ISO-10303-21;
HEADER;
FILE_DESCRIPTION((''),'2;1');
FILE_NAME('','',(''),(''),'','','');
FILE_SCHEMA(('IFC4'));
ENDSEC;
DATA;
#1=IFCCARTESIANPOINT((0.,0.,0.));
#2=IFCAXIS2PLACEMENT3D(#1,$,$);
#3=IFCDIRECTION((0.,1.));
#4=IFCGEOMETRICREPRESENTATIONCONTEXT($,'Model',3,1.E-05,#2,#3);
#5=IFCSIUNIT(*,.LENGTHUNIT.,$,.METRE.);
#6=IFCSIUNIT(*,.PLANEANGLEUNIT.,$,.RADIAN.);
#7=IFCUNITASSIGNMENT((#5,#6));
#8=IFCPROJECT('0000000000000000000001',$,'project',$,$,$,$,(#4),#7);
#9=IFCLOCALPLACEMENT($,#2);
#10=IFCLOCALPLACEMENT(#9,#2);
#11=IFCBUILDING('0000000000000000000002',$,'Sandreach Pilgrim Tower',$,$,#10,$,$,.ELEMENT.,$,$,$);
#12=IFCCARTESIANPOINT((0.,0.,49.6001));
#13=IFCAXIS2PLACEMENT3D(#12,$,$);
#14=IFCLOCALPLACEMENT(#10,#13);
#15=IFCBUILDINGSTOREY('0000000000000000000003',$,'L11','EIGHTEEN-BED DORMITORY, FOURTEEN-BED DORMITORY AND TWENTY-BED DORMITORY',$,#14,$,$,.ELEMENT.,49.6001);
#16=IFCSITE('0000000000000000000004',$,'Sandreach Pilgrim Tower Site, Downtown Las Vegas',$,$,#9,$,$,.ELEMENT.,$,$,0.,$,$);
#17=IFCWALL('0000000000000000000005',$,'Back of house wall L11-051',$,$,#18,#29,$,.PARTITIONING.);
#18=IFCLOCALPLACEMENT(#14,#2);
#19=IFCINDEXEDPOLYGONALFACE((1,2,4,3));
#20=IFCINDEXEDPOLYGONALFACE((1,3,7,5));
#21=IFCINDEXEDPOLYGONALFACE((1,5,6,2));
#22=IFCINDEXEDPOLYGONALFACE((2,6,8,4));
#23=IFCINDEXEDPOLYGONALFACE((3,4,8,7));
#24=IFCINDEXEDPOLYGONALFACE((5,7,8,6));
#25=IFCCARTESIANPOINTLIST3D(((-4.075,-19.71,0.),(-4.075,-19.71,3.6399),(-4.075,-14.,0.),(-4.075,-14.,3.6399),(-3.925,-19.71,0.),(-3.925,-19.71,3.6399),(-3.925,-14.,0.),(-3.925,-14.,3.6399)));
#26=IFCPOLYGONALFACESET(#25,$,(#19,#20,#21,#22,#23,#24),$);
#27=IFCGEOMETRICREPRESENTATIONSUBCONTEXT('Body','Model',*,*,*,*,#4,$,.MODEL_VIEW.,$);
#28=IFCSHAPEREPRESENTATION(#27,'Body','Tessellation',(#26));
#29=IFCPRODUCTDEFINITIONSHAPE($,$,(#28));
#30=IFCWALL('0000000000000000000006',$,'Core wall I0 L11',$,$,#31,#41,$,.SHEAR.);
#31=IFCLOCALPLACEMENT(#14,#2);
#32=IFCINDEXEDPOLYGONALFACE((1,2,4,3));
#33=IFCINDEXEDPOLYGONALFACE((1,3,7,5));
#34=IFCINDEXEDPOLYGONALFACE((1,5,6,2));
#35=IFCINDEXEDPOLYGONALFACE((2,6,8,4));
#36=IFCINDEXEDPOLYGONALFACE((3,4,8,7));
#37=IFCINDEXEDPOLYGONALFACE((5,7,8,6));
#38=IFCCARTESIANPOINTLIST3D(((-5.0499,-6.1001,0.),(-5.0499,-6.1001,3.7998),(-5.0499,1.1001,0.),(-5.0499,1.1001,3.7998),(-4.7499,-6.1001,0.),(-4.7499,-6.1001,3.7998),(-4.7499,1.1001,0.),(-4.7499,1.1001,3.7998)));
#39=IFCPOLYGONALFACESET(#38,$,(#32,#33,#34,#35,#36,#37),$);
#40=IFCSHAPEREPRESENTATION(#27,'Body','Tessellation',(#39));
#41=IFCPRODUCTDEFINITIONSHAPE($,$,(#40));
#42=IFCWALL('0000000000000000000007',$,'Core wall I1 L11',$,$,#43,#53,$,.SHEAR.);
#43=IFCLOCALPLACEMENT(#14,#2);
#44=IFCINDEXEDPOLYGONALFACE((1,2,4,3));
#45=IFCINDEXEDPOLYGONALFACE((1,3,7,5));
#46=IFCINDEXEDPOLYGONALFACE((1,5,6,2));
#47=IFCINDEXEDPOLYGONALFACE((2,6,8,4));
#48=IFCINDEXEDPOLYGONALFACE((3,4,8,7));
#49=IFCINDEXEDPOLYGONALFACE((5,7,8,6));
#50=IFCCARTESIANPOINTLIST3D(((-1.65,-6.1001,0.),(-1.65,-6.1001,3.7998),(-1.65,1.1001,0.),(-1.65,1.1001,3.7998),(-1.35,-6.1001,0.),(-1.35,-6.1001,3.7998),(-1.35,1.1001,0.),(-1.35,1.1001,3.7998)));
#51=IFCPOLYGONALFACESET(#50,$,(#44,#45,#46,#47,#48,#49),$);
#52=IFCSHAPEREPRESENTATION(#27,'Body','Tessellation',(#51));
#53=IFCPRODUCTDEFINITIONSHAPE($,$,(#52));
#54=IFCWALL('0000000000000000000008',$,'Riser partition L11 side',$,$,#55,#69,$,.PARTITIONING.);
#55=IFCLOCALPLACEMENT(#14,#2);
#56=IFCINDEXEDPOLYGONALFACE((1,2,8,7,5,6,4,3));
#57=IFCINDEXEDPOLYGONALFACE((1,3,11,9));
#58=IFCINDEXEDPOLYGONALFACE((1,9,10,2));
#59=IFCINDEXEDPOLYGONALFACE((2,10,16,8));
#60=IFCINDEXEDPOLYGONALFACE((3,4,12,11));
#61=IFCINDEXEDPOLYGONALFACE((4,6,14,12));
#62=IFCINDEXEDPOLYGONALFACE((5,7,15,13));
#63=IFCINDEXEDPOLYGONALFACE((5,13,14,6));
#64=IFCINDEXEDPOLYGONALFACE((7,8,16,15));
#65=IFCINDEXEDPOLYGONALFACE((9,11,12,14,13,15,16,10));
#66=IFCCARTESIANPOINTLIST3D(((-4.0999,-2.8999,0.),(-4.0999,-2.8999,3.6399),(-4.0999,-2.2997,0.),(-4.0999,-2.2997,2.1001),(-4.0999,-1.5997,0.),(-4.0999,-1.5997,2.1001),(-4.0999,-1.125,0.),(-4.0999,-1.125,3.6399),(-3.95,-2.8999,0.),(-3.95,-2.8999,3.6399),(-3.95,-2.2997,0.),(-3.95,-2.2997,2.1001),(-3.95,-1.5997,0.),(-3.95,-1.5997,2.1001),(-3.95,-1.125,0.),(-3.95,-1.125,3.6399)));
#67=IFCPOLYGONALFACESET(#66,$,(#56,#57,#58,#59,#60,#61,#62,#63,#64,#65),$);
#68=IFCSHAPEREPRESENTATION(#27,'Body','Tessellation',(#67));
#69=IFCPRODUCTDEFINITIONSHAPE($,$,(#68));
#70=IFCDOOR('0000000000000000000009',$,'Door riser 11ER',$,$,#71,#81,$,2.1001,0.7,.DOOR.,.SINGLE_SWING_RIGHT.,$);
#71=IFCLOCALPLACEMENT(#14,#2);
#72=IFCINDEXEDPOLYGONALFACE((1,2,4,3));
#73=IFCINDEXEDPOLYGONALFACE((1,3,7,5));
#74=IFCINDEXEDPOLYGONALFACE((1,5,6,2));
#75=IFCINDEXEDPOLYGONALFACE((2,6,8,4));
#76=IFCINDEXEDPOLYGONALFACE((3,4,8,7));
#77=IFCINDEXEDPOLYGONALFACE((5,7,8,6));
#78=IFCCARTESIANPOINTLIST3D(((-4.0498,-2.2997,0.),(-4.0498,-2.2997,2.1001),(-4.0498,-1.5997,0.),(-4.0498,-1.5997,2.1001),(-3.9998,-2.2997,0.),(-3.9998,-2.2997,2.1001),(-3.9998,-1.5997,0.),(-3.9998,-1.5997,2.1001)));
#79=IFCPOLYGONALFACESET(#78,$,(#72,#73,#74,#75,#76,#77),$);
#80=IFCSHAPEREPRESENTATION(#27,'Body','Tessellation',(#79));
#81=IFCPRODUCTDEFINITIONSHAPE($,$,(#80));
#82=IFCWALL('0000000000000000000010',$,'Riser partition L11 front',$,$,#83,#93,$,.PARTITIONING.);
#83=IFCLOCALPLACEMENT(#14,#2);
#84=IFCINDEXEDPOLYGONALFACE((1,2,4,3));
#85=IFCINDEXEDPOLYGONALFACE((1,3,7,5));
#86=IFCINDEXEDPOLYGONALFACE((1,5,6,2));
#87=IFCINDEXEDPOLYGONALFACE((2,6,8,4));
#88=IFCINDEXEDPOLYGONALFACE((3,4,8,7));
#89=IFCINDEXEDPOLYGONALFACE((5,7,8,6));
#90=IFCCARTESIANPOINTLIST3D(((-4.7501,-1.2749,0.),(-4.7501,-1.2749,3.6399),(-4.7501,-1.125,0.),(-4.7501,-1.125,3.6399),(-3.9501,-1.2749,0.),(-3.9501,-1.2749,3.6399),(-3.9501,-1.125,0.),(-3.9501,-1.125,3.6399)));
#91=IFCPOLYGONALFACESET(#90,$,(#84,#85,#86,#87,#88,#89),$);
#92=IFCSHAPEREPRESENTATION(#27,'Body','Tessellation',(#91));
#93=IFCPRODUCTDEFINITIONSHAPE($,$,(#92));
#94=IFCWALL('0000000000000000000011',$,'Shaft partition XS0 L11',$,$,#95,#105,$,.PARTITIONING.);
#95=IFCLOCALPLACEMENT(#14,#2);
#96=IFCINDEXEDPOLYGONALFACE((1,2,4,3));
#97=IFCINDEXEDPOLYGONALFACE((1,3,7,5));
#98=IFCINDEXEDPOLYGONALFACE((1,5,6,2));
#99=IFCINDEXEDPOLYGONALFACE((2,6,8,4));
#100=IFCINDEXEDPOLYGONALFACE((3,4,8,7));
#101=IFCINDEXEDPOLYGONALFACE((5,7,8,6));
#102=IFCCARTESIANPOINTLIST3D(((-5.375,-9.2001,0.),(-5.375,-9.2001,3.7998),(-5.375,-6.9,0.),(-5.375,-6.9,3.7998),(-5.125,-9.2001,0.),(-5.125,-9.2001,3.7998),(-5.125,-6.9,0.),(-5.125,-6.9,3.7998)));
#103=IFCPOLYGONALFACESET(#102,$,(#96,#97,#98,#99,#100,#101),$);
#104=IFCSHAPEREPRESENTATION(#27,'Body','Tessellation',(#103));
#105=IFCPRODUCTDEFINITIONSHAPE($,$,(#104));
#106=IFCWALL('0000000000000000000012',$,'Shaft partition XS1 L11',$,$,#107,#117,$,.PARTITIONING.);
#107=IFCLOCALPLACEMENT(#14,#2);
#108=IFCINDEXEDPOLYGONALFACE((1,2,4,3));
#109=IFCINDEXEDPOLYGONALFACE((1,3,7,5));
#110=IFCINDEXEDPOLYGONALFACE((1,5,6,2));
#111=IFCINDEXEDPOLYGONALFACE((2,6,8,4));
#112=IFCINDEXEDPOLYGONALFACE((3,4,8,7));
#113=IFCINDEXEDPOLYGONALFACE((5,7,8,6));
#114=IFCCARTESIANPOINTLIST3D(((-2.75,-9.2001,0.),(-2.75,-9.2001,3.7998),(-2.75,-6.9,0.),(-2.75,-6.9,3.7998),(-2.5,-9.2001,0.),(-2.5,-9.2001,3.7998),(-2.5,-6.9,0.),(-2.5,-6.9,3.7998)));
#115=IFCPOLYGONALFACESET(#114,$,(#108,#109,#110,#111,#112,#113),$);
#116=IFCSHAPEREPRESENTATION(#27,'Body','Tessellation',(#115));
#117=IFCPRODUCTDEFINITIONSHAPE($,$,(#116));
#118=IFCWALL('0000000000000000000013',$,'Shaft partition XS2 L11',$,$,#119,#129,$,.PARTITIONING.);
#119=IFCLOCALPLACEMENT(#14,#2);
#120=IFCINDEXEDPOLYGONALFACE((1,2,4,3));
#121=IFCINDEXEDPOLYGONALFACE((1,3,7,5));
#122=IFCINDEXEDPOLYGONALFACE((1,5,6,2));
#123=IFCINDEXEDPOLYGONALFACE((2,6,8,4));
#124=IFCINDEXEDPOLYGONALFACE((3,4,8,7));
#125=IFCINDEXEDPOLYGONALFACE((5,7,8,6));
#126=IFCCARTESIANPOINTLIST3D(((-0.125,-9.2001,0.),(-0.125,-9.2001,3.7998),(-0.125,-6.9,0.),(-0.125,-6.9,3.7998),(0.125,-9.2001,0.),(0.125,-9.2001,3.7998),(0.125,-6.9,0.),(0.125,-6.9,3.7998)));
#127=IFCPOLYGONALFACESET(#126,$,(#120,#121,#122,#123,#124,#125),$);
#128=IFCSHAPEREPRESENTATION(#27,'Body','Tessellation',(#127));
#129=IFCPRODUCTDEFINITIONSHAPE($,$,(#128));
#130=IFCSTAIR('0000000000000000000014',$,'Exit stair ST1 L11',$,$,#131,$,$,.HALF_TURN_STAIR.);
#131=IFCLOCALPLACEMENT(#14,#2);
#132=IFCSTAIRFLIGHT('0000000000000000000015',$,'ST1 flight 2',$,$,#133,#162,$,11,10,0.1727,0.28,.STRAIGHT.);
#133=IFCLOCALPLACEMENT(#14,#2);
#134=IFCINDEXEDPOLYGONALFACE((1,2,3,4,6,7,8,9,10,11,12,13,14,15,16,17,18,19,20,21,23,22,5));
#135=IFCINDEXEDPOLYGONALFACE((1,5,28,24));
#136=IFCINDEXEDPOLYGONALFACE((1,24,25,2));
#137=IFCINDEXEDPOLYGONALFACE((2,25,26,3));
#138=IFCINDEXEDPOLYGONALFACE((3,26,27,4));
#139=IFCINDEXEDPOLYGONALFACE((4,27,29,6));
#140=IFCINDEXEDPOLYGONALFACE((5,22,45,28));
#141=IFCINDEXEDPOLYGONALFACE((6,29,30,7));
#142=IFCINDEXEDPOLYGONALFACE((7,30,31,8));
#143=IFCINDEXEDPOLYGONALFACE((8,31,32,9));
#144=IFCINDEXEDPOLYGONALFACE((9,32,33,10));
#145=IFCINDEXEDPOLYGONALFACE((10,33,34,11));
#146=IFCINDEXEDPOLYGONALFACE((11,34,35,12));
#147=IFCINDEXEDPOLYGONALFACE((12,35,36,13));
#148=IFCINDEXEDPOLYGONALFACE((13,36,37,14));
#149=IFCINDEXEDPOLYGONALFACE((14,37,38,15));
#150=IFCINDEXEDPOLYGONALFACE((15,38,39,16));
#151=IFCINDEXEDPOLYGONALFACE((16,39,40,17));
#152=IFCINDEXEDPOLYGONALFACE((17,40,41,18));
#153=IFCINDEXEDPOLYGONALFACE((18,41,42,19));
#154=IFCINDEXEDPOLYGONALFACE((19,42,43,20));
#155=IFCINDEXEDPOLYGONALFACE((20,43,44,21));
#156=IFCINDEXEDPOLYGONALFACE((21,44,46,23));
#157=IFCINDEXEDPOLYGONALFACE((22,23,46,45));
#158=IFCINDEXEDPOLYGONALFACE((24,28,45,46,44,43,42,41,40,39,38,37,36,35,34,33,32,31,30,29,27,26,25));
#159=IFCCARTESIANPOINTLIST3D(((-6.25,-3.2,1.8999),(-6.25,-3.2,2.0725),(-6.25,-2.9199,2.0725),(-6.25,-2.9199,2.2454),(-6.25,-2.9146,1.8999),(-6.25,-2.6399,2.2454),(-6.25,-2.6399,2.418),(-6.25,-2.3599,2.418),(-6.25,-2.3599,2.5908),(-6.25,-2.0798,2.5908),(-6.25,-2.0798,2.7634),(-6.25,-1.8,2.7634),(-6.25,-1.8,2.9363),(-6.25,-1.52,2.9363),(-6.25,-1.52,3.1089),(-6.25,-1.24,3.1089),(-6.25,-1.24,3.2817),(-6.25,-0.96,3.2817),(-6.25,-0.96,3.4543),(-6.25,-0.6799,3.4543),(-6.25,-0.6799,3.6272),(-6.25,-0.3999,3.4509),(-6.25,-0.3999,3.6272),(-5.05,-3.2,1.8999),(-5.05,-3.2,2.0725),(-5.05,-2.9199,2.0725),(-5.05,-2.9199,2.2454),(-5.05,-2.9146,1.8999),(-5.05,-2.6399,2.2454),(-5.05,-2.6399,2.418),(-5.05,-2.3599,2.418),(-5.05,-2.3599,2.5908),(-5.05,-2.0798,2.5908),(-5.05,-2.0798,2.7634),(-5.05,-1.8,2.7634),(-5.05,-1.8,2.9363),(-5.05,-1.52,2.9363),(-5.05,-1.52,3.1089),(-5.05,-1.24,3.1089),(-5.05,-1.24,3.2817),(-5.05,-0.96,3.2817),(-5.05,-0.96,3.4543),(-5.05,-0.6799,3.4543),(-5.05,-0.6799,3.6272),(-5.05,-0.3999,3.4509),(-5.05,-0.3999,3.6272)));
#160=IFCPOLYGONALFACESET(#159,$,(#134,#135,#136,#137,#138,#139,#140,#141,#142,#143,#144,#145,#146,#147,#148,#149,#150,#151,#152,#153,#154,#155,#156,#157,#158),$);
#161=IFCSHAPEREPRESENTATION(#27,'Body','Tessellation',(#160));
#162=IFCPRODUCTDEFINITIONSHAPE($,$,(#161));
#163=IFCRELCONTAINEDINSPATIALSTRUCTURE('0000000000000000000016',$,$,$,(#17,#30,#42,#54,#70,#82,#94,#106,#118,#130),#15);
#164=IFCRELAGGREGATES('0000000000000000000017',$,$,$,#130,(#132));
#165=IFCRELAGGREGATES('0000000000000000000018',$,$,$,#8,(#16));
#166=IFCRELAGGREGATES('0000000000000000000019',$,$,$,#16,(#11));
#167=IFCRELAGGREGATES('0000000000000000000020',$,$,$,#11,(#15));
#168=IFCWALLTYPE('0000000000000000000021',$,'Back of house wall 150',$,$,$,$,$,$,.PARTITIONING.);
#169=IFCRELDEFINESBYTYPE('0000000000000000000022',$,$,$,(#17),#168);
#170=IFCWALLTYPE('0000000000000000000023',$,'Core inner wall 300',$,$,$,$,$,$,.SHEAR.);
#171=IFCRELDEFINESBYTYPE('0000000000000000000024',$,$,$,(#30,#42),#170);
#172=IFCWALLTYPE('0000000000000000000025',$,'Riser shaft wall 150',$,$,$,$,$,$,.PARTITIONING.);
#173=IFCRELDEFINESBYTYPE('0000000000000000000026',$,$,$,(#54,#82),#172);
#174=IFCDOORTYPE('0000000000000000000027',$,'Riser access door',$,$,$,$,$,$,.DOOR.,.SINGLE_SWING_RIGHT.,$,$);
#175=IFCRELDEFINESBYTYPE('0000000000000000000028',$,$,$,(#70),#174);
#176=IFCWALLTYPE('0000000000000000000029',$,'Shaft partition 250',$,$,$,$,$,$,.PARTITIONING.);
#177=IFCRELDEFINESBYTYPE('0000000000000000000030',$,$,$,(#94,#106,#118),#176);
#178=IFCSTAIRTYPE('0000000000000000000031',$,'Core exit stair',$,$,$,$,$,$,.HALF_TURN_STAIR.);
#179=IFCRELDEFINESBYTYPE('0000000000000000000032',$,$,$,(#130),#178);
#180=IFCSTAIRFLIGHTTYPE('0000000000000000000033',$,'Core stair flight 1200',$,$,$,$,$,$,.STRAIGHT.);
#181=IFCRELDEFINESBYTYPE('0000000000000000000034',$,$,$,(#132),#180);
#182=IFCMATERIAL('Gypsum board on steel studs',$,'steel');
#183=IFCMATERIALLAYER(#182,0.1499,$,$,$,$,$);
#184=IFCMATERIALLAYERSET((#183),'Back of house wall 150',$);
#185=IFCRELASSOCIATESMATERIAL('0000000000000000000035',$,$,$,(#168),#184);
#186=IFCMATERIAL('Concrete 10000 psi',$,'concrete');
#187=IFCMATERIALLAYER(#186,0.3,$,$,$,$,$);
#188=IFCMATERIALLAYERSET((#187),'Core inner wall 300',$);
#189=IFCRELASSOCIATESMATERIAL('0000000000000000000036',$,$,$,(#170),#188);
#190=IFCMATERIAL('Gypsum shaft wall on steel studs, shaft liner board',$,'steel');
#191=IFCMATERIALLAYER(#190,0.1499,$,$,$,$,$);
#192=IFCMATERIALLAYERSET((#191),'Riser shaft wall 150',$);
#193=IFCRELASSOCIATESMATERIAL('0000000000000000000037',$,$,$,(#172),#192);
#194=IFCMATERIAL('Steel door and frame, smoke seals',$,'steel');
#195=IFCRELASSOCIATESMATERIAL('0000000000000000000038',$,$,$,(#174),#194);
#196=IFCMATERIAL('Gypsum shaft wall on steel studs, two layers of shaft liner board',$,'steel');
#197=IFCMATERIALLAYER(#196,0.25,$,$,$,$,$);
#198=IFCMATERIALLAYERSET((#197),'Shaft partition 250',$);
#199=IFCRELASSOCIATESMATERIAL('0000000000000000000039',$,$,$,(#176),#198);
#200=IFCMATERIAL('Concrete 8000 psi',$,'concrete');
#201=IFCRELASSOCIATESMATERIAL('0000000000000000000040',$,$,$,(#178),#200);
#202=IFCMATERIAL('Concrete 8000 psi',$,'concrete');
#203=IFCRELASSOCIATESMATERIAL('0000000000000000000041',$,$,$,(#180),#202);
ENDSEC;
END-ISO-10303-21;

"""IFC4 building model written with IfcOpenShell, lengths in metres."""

from ifc_helpers import new_model, si_unit, direction, frame, frame_2d, origin, place, context, subcontext, project, spatial, polyline, rectangle, outline, extrude, material, layer, layer_set, type_object, element, fill, aggregate, save


model = new_model("IFC4")

# Units and contexts
model_context = context("Model", 3, precision=1e-05, world=origin(), true_north=direction((0.0, 1.0)))
body_context = subcontext(model_context, "Body", "Model", "MODEL_VIEW")
ifc_project = project(units=[si_unit("LENGTHUNIT", "METRE"), si_unit("PLANEANGLEUNIT", "RADIAN")], contexts=[model_context])

# Site, building, storey
site_placement = place(None, origin())
site = spatial("IfcSite", under=ifc_project, at=site_placement, Name="Sandreach Pilgrim Tower Site, Downtown Las Vegas", CompositionType="ELEMENT", RefElevation=0.0)
building_placement = place(site_placement, origin())
building = spatial("IfcBuilding", under=site, at=building_placement, Name="Sandreach Pilgrim Tower", CompositionType="ELEMENT")
storey_placement = place(building_placement, frame((0.0, 0.0, 49.6001)))
storey = spatial("IfcBuildingStorey", under=building, at=storey_placement, Name="L11", Description="EIGHTEEN-BED DORMITORY, FOURTEEN-BED DORMITORY AND TWENTY-BED DORMITORY", CompositionType="ELEMENT", Elevation=49.6001)

# Walls
ifc_material_1 = material(Name="Gypsum board on steel studs", Category="steel")
ifc_layer_1 = layer(ifc_material_1, 0.1499)
ifc_layer_set_1 = layer_set([ifc_layer_1], Name="Back of house wall 150")
wall_type_1 = type_object("IfcWallType", Name="Back of house wall 150", PredefinedType="PARTITIONING", material=ifc_layer_set_1)
wall_1_placement = place(storey_placement, frame((-4.0, -14.0, 0.0), z_axis=(0.0, 0.0, 1.0), x_axis=(0.0, -1.0, 0.0)))
element("IfcWall", 1, at=wall_1_placement, inside=storey, type_object=wall_type_1, Name="Back of house wall L11-051", PredefinedType="PARTITIONING", context=body_context, shape_type="SweptSolid", body=[
    extrude(rectangle(XDim=5.71, YDim=0.1499, at=frame_2d((2.855, 0.0))), origin(), (0.0, 0.0, 1.0), 3.6399),
])
ifc_material_2 = material(Name="Concrete 10000 psi", Category="concrete")
ifc_layer_2 = layer(ifc_material_2, 0.3)
ifc_layer_set_2 = layer_set([ifc_layer_2], Name="Core inner wall 300")
wall_type_2 = type_object("IfcWallType", Name="Core inner wall 300", PredefinedType="SHEAR", material=ifc_layer_set_2)
for number, where, z_axis, x_axis, name in (
    (2, (-4.8999, -6.1001, 0.0), (0.0, 0.0, 1.0), (0.0, 1.0, 0.0), "Core wall I0 L11"),
    (3, (-1.5, -6.1001, 0.0), (0.0, 0.0, 1.0), (0.0, 1.0, 0.0), "Core wall I1 L11"),
):
    element("IfcWall", number, at=place(storey_placement, frame(where, z_axis=z_axis, x_axis=x_axis)), inside=storey, type_object=wall_type_2, Name=name, PredefinedType="SHEAR", context=body_context, shape_type="SweptSolid", body=[
        extrude(rectangle(XDim=7.2002, YDim=0.3, at=frame_2d((3.6001, 0.0))), origin(), (0.0, 0.0, 1.0), 3.7998),
    ])

# Wall, opening, door
ifc_material_3 = material(Name="Gypsum shaft wall on steel studs, shaft liner board", Category="steel")
ifc_layer_3 = layer(ifc_material_3, 0.1499)
ifc_layer_set_3 = layer_set([ifc_layer_3], Name="Riser shaft wall 150")
wall_type_3 = type_object("IfcWallType", Name="Riser shaft wall 150", PredefinedType="PARTITIONING", material=ifc_layer_set_3)
wall_2_placement = place(storey_placement, frame((-4.0249, -2.8999, 0.0), z_axis=(0.0, 0.0, 1.0), x_axis=(0.0, 1.0, 0.0)))
wall_2 = element("IfcWall", 4, at=wall_2_placement, inside=storey, type_object=wall_type_3, Name="Riser partition L11 side", PredefinedType="PARTITIONING", context=body_context, shape_type="SweptSolid", body=[
    extrude(rectangle(XDim=1.7749, YDim=0.1499, at=frame_2d((0.8875, 0.0))), origin(), (0.0, 0.0, 1.0), 3.6399),
])
opening_1_placement = place(wall_2_placement, frame((0.6001, 0.0, 0.0)))
opening_1 = element("IfcOpeningElement", 5, at=opening_1_placement, cuts=wall_2, PredefinedType="OPENING", context=body_context, shape_type="SweptSolid", body=[
    extrude(rectangle(XDim=0.7, YDim=2.1001, at=frame_2d((0.3501, 1.05))), frame((0.0, 0.075, 0.0), z_axis=(0.0, -1.0, 0.0), x_axis=(1.0, 0.0, 0.0)), (0.0, 0.0, 1.0), 0.1499),
])
ifc_material_4 = material(Name="Steel door and frame, smoke seals", Category="steel")
door_type_1 = type_object("IfcDoorType", Name="Riser access door", OperationType="SINGLE_SWING_RIGHT", PredefinedType="DOOR", material=ifc_material_4)
door_1_placement = place(opening_1_placement, origin())
door_1 = element("IfcDoor", 6, at=door_1_placement, inside=storey, type_object=door_type_1, Name="Door riser 11ER", OperationType="SINGLE_SWING_RIGHT", OverallHeight=2.1001, OverallWidth=0.7, PredefinedType="DOOR", context=body_context, shape_type="SweptSolid", body=[
    extrude(rectangle(XDim=0.7, YDim=2.1001, at=frame_2d((0.3501, 1.05))), frame((0.0, 0.0249, 0.0), z_axis=(0.0, -1.0, 0.0), x_axis=(1.0, 0.0, 0.0)), (0.0, 0.0, 1.0), 0.05),
])
fill(opening_1, door_1)

# Walls
wall_3_placement = place(storey_placement, frame((-4.75, -1.2, 0.0), z_axis=(0.0, 0.0, 1.0), x_axis=(1.0, 0.0, 0.0)))
element("IfcWall", 7, at=wall_3_placement, inside=storey, type_object=wall_type_3, Name="Riser partition L11 front", PredefinedType="PARTITIONING", context=body_context, shape_type="SweptSolid", body=[
    extrude(rectangle(XDim=0.8, YDim=0.1499, at=frame_2d((0.3999, 0.0))), origin(), (0.0, 0.0, 1.0), 3.6399),
])
ifc_material_5 = material(Name="Gypsum shaft wall on steel studs, two layers of shaft liner board", Category="steel")
ifc_layer_4 = layer(ifc_material_5, 0.25)
ifc_layer_set_4 = layer_set([ifc_layer_4], Name="Shaft partition 250")
wall_type_4 = type_object("IfcWallType", Name="Shaft partition 250", PredefinedType="PARTITIONING", material=ifc_layer_set_4)
for number, where, z_axis, x_axis, name in (
    (8, (-5.25, -9.2, 0.0), (0.0, 0.0, 1.0), (0.0, 1.0, 0.0), "Shaft partition XS0 L11"),
    (9, (-2.625, -9.2, 0.0), (0.0, 0.0, 1.0), (0.0, 1.0, 0.0), "Shaft partition XS1 L11"),
    (10, (0.0, -9.2, 0.0), (0.0, 0.0, 1.0), (0.0, 1.0, 0.0), "Shaft partition XS2 L11"),
):
    element("IfcWall", number, at=place(storey_placement, frame(where, z_axis=z_axis, x_axis=x_axis)), inside=storey, type_object=wall_type_4, Name=name, PredefinedType="PARTITIONING", context=body_context, shape_type="SweptSolid", body=[
        extrude(rectangle(XDim=2.3, YDim=0.25, at=frame_2d((1.1499, 0.0))), origin(), (0.0, 0.0, 1.0), 3.7998),
    ])

# Stair, stair flight
ifc_material_6 = material(Name="Concrete 8000 psi", Category="concrete")
stair_type = type_object("IfcStairType", Name="Core exit stair", PredefinedType="HALF_TURN_STAIR", material=ifc_material_6)
stair_1_placement = place(storey_placement, origin())
stair_1 = element("IfcStair", 11, at=stair_1_placement, inside=storey, type_object=stair_type, Name="Exit stair ST1 L11", PredefinedType="HALF_TURN_STAIR")
ifc_material_7 = material(Name="Concrete 8000 psi", Category="concrete")
stair_flight_type = type_object("IfcStairFlightType", Name="Core stair flight 1200", PredefinedType="STRAIGHT", material=ifc_material_7)
stair_flight_1_placement = place(storey_placement, frame((-5.6499, -3.2, 1.8999), z_axis=(0.0, 0.0, 1.0), x_axis=(0.0, 1.0, 0.0)))
stair_flight_1 = element("IfcStairFlight", 12, at=stair_flight_1_placement, type_object=stair_flight_type, Name="ST1 flight 2", NumberOfRisers=11, NumberOfTreads=10, PredefinedType="STRAIGHT", RiserHeight=0.1727, TreadLength=0.28, context=body_context, shape_type="SweptSolid", body=[
    extrude(outline(polyline([(0.0, 0.0), (0.0, 0.1726), (0.28, 0.1726), (0.28, 0.3455), (0.5601, 0.3455), (0.5601, 0.5181), (0.8401, 0.5181), (0.8401, 0.6909), (1.1201, 0.6909), (1.1201, 0.8635), (1.3999, 0.8635), (1.3999, 1.0364), (1.6799, 1.0364), (1.6799, 1.209), (1.96, 1.209), (1.96, 1.3818), (2.24, 1.3818), (2.24, 1.5544), (2.52, 1.5544), (2.52, 1.7273), (2.8, 1.7273), (2.8, 1.8999), (2.8, 1.551), (0.2854, 0.0), (0.0, 0.0)])), frame((0.0, 0.6001, 0.0), z_axis=(0.0, -1.0, 0.0), x_axis=(1.0, 0.0, 0.0)), (0.0, 0.0, 1.0), 1.2),
])
aggregate(stair_1, [stair_flight_1])

save(model, "model.ifc")
